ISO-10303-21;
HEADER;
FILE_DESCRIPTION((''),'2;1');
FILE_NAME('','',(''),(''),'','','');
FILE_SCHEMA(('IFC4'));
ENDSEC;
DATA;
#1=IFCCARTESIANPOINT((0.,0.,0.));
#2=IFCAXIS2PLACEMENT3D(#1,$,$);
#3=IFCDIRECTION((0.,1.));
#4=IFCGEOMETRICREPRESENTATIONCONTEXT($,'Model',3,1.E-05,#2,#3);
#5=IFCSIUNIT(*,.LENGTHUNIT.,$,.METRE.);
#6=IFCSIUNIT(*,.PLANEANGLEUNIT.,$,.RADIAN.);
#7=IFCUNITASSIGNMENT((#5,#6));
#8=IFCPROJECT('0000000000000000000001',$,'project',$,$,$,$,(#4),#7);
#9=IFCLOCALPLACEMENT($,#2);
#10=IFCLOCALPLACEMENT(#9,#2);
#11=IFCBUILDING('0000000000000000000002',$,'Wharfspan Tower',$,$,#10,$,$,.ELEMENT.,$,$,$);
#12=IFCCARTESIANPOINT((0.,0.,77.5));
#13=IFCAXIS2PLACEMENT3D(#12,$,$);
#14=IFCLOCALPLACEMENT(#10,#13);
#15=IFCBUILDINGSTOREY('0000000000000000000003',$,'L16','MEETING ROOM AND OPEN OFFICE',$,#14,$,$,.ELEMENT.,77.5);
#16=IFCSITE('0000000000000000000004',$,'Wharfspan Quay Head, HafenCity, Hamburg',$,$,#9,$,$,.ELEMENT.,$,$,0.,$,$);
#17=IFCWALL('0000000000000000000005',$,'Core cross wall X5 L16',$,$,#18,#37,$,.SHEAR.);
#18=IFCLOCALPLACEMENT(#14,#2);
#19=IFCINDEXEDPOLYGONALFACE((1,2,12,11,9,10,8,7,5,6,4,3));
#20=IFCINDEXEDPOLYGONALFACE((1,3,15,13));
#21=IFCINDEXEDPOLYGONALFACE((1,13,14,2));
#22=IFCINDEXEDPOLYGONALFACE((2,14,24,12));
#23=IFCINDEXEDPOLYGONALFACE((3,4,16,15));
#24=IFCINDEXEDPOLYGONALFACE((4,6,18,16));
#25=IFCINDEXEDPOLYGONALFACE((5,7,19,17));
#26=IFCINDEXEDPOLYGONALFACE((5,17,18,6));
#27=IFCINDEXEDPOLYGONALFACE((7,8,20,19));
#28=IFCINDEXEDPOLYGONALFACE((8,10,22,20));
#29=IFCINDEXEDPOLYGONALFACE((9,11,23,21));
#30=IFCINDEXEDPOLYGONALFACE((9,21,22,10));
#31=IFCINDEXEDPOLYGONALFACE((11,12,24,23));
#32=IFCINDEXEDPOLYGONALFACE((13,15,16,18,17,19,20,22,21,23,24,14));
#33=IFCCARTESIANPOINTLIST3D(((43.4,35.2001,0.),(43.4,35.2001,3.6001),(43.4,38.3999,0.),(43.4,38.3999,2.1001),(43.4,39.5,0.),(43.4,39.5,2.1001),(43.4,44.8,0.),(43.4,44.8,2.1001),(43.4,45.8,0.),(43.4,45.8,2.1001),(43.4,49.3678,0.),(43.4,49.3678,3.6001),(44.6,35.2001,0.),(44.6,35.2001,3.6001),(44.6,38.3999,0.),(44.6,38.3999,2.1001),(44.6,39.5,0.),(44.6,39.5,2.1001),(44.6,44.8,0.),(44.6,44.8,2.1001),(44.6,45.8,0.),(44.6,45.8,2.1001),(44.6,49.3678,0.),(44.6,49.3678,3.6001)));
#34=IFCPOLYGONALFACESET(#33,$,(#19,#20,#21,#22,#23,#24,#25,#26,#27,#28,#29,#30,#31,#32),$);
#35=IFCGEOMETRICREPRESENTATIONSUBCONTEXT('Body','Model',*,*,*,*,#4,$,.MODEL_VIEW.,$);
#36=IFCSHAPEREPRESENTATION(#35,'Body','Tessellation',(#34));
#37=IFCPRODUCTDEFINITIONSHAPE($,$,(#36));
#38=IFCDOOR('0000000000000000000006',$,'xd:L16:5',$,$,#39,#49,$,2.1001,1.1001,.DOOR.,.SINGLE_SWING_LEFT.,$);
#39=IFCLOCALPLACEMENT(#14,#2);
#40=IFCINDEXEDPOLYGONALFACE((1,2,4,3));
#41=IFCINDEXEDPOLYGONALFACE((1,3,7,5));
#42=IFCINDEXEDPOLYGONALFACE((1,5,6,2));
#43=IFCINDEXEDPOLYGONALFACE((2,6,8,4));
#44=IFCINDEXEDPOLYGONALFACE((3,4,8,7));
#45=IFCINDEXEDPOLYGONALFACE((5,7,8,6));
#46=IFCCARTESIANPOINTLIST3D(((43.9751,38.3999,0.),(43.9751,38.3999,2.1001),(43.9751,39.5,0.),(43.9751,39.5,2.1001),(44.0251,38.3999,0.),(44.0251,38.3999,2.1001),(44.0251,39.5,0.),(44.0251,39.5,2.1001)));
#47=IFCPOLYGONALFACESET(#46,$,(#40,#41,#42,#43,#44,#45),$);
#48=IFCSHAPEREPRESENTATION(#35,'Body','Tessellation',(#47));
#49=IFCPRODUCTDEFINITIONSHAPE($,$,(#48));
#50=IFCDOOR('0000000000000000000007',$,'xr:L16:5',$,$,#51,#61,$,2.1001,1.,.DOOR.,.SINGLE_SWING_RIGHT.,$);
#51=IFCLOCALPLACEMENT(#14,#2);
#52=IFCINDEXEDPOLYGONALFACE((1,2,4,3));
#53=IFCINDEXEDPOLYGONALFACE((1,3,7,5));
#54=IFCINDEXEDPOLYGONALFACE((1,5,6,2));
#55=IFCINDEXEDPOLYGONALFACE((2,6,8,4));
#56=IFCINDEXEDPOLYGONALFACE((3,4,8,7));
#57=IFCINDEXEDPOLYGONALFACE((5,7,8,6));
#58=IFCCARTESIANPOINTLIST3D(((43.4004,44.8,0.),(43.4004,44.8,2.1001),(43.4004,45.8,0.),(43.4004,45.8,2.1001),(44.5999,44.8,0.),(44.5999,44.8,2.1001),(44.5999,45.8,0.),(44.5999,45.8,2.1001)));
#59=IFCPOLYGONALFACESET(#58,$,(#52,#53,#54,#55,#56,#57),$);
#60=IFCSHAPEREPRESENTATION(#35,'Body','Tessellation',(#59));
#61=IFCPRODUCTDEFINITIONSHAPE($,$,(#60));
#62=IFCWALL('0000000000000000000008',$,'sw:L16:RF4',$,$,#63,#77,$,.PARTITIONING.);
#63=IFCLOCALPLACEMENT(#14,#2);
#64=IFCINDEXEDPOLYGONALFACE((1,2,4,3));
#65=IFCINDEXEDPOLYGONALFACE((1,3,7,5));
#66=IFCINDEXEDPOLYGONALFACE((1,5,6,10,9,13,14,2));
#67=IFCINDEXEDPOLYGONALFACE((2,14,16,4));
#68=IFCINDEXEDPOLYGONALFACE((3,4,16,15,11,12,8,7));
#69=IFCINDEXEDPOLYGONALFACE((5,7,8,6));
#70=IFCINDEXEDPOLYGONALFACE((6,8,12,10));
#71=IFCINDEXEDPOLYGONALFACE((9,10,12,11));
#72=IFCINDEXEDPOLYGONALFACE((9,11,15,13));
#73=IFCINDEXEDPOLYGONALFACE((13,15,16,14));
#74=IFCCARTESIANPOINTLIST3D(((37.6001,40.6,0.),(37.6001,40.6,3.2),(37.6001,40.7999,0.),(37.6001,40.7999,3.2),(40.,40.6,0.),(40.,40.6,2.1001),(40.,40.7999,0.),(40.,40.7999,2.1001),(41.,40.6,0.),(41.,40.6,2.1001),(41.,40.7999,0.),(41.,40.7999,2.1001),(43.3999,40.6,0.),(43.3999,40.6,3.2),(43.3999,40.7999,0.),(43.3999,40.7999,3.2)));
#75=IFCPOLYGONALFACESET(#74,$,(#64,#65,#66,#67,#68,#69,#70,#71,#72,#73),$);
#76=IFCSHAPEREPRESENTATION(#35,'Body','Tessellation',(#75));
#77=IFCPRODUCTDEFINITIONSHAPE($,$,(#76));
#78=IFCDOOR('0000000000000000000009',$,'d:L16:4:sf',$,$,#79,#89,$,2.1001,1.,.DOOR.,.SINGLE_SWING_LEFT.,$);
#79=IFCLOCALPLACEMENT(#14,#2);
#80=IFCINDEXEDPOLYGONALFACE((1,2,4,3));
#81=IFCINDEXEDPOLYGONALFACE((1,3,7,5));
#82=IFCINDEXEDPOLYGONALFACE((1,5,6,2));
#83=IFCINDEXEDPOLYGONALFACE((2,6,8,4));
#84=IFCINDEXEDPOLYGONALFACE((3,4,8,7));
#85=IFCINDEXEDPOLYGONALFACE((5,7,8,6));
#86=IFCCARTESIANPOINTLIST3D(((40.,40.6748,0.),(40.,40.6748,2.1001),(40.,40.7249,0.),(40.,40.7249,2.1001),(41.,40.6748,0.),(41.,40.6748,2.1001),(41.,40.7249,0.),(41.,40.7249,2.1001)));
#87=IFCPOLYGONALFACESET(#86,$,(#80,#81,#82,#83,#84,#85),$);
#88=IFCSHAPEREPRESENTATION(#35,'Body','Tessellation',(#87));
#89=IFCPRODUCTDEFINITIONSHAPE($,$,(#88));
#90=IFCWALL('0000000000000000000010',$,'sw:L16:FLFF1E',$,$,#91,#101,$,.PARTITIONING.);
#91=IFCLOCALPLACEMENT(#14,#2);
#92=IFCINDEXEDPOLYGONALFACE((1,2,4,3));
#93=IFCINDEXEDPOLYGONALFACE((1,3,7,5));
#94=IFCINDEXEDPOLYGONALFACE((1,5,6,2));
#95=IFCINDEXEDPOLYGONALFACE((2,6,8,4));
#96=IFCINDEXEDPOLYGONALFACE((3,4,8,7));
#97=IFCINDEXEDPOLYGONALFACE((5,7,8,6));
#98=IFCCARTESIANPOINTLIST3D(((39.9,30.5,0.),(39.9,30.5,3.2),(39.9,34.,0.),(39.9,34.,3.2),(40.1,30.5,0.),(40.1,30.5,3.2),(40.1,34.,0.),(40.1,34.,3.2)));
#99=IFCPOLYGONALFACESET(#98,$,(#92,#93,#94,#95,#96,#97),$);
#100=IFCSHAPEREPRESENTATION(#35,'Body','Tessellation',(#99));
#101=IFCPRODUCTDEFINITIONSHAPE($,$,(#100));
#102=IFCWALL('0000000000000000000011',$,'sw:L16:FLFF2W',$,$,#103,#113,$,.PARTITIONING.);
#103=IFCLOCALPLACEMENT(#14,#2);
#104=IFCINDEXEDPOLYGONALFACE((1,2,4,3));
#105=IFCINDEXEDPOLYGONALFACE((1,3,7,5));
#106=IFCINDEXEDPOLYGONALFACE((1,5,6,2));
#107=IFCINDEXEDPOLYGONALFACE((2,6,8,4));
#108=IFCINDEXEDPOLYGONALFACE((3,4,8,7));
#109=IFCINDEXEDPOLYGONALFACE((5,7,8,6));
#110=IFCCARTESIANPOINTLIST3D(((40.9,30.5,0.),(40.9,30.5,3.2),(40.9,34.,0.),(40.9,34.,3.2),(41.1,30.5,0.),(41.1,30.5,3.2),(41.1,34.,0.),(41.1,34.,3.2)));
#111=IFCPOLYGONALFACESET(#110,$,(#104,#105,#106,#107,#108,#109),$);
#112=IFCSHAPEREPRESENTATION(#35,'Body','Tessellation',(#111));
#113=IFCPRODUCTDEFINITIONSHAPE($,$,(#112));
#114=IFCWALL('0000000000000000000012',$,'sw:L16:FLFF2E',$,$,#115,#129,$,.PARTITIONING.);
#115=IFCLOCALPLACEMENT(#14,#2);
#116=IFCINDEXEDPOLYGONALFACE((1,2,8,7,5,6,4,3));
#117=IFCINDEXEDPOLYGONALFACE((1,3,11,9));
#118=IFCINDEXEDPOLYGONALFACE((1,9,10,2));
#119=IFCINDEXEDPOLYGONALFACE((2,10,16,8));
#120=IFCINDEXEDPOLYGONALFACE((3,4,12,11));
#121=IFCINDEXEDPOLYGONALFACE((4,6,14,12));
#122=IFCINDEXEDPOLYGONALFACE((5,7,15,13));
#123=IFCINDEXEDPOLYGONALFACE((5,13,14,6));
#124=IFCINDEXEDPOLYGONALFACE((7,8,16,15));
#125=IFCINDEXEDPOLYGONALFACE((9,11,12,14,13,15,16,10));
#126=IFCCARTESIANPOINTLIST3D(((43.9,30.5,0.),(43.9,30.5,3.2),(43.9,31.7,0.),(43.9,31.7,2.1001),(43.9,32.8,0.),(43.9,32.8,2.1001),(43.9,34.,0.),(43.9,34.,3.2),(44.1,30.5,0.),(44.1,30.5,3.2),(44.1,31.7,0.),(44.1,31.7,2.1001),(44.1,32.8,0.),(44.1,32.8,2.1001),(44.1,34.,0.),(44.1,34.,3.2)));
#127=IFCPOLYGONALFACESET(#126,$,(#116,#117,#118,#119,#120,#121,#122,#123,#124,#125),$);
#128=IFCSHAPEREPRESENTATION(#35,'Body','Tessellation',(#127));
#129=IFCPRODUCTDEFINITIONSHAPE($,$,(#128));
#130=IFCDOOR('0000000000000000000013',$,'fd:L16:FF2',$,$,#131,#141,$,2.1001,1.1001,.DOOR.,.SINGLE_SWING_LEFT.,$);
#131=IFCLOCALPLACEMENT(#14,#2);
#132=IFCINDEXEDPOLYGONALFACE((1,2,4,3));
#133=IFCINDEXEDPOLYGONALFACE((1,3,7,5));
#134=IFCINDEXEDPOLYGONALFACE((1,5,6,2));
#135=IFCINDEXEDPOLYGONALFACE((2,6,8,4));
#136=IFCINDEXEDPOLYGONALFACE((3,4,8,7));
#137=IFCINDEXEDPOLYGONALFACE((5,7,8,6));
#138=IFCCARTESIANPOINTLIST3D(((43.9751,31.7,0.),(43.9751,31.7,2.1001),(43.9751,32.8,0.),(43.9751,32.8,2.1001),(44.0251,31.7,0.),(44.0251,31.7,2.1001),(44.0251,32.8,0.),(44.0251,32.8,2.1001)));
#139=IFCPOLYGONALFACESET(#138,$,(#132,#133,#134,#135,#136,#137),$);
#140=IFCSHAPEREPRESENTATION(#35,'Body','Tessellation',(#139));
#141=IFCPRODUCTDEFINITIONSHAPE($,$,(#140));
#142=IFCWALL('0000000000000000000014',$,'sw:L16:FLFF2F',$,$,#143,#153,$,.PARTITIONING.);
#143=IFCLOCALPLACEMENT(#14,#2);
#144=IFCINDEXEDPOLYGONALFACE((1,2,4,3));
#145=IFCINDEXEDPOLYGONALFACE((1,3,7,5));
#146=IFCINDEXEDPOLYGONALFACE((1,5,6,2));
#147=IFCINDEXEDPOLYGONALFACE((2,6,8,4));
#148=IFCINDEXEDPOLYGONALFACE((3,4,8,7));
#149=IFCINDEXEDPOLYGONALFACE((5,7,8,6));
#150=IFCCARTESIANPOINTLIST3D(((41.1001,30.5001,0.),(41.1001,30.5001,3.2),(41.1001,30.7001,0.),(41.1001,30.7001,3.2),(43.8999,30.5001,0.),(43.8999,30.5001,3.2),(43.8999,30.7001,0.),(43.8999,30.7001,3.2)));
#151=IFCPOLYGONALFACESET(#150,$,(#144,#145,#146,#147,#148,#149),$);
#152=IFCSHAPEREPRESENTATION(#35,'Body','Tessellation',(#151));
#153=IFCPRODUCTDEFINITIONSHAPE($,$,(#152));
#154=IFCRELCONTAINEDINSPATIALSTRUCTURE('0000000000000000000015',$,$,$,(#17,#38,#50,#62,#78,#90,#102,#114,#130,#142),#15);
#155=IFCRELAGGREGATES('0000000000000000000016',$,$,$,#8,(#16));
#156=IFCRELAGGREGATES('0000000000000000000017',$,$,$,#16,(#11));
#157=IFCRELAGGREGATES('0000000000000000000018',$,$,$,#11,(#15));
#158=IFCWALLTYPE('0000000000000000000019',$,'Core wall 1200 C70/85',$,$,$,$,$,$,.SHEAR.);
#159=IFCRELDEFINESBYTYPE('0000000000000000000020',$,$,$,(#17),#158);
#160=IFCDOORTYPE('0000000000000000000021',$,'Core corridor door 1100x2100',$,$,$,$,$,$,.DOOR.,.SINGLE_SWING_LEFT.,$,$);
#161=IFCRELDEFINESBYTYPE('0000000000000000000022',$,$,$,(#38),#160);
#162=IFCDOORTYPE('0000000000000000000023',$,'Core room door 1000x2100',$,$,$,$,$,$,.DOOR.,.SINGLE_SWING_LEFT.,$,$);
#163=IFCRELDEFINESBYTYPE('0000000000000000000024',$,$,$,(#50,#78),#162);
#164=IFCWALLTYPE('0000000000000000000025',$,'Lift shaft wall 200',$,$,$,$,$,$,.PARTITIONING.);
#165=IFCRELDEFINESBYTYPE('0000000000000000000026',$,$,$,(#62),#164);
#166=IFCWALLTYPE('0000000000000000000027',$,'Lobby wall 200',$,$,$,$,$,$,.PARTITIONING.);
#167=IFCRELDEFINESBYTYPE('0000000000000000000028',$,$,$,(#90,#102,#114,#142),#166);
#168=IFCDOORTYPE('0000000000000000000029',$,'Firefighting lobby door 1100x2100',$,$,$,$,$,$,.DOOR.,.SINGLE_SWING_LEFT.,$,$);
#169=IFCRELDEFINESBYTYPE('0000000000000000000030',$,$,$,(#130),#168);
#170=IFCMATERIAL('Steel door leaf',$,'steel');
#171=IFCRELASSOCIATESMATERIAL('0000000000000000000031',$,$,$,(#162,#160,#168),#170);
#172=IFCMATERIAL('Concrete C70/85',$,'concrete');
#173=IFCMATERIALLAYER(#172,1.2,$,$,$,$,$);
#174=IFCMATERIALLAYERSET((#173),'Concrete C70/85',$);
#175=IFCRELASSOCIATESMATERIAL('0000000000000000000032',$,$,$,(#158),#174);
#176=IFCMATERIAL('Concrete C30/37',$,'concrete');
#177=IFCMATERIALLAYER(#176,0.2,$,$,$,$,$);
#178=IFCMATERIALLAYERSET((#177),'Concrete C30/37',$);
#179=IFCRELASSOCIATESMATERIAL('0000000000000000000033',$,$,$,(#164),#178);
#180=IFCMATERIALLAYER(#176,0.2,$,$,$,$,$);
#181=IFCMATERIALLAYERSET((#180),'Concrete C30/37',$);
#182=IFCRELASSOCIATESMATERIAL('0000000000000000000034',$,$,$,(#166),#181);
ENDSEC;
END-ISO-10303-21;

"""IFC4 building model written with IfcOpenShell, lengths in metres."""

from ifc_helpers import new_model, si_unit, direction, frame, frame_2d, origin, place, context, subcontext, project, spatial, rectangle, extrude, material, layer, layer_set, type_object, element, fill, save


model = new_model("IFC4")

# Units and contexts
model_context = context("Model", 3, precision=1e-05, world=origin(), true_north=direction((0.0, 1.0)))
body_context = subcontext(model_context, "Body", "Model", "MODEL_VIEW")
ifc_project = project(units=[si_unit("LENGTHUNIT", "METRE"), si_unit("PLANEANGLEUNIT", "RADIAN")], contexts=[model_context])

# Site, building, storey
site_placement = place(None, origin())
site = spatial("IfcSite", under=ifc_project, at=site_placement, Name="Wharfspan Quay Head, HafenCity, Hamburg", CompositionType="ELEMENT", RefElevation=0.0)
building_placement = place(site_placement, origin())
building = spatial("IfcBuilding", under=site, at=building_placement, Name="Wharfspan Tower", CompositionType="ELEMENT")
storey_placement = place(building_placement, frame((0.0, 0.0, 77.5)))
storey = spatial("IfcBuildingStorey", under=building, at=storey_placement, Name="L16", Description="MEETING ROOM AND OPEN OFFICE", CompositionType="ELEMENT", Elevation=77.5)

# Shared definitions
ifc_material_1 = material(Name="Steel door leaf", Category="steel")
door_type_1 = type_object("IfcDoorType", Name="Core room door 1000x2100", OperationType="SINGLE_SWING_LEFT", PredefinedType="DOOR", material=ifc_material_1)

# Wall, openings, doors
ifc_material_2 = material(Name="Concrete C70/85", Category="concrete")
ifc_layer_1 = layer(ifc_material_2, 1.2)
ifc_layer_set_1 = layer_set([ifc_layer_1], Name="Concrete C70/85")
wall_type_1 = type_object("IfcWallType", Name="Core wall 1200 C70/85", PredefinedType="SHEAR", material=ifc_layer_set_1)
wall_1_placement = place(storey_placement, frame((44.0, 35.2, 0.0), z_axis=(0.0, 0.0, 1.0), x_axis=(0.0, 1.0, 0.0)))
wall_1 = element("IfcWall", 1, at=wall_1_placement, inside=storey, type_object=wall_type_1, Name="Core cross wall X5 L16", PredefinedType="SHEAR", context=body_context, shape_type="SweptSolid", body=[
    extrude(rectangle(XDim=14.1677, YDim=1.2, at=frame_2d((7.084, 0.0))), origin(), (0.0, 0.0, 1.0), 3.6001),
])
opening_1_placement = place(wall_1_placement, frame((3.2, 0.0, 0.0)))
opening_1 = element("IfcOpeningElement", 2, at=opening_1_placement, cuts=wall_1, PredefinedType="OPENING", context=body_context, shape_type="SweptSolid", body=[
    extrude(rectangle(XDim=1.1001, YDim=2.1001, at=frame_2d((0.55, 1.05))), frame((0.0, 0.6099, 0.0), z_axis=(0.0, -1.0, 0.0), x_axis=(1.0, 0.0, 0.0)), (0.0, 0.0, 1.0), 1.22),
])
opening_2_placement = place(wall_1_placement, frame((9.6001, 0.0, 0.0)))
opening_2 = element("IfcOpeningElement", 3, at=opening_2_placement, cuts=wall_1, PredefinedType="OPENING", context=body_context, shape_type="SweptSolid", body=[
    extrude(rectangle(XDim=1.0, YDim=2.1001, at=frame_2d((0.5, 1.05))), frame((0.0, 0.6099, 0.0), z_axis=(0.0, -1.0, 0.0), x_axis=(1.0, 0.0, 0.0)), (0.0, 0.0, 1.0), 1.22),
])
door_type_2 = type_object("IfcDoorType", Name="Core corridor door 1100x2100", OperationType="SINGLE_SWING_LEFT", PredefinedType="DOOR", material=ifc_material_1)
door_1_placement = place(opening_1_placement, origin())
door_1 = element("IfcDoor", 4, at=door_1_placement, inside=storey, type_object=door_type_2, Name="xd:L16:5", OperationType="SINGLE_SWING_LEFT", OverallHeight=2.1001, OverallWidth=1.1001, PredefinedType="DOOR", context=body_context, shape_type="SweptSolid", body=[
    extrude(rectangle(XDim=1.1001, YDim=2.1001, at=frame_2d((0.55, 1.05))), frame((0.0, 0.0249, 0.0), z_axis=(0.0, -1.0, 0.0), x_axis=(1.0, 0.0, 0.0)), (0.0, 0.0, 1.0), 0.05),
])
fill(opening_1, door_1)
door_2_placement = place(opening_2_placement, origin())
door_2 = element("IfcDoor", 5, at=door_2_placement, inside=storey, type_object=door_type_1, Name="xr:L16:5", OperationType="SINGLE_SWING_RIGHT", OverallHeight=2.1001, OverallWidth=1.0, PredefinedType="DOOR", context=body_context, shape_type="SweptSolid", body=[
    extrude(rectangle(XDim=1.0, YDim=2.1001, at=frame_2d((0.5, 1.05))), frame((0.0, 0.5996, 0.0), z_axis=(0.0, -1.0, 0.0), x_axis=(1.0, 0.0, 0.0)), (0.0, 0.0, 1.0), 1.1995),
])
fill(opening_2, door_2)

# Wall, opening, door
ifc_material_3 = material(Name="Concrete C30/37", Category="concrete")
ifc_layer_2 = layer(ifc_material_3, 0.2)
ifc_layer_set_2 = layer_set([ifc_layer_2], Name="Concrete C30/37")
wall_type_2 = type_object("IfcWallType", Name="Lift shaft wall 200", PredefinedType="PARTITIONING", material=ifc_layer_set_2)
wall_2_placement = place(storey_placement, frame((37.6001, 40.7, 0.0), z_axis=(0.0, 0.0, 1.0), x_axis=(1.0, 0.0, 0.0)))
wall_2 = element("IfcWall", 6, at=wall_2_placement, inside=storey, type_object=wall_type_2, Name="sw:L16:RF4", PredefinedType="PARTITIONING", context=body_context, shape_type="SweptSolid", body=[
    extrude(rectangle(XDim=5.7998, YDim=0.2, at=frame_2d((2.8999, 0.0))), origin(), (0.0, 0.0, 1.0), 3.2),
])
opening_3_placement = place(wall_2_placement, frame((2.3999, 0.0, 0.0)))
opening_3 = element("IfcOpeningElement", 7, at=opening_3_placement, cuts=wall_2, PredefinedType="OPENING", context=body_context, shape_type="SweptSolid", body=[
    extrude(rectangle(XDim=1.0, YDim=2.1001, at=frame_2d((0.5, 1.05))), frame((0.0, 0.1099, 0.0), z_axis=(0.0, -1.0, 0.0), x_axis=(1.0, 0.0, 0.0)), (0.0, 0.0, 1.0), 0.22),
])
door_3_placement = place(opening_3_placement, origin())
door_3 = element("IfcDoor", 8, at=door_3_placement, inside=storey, type_object=door_type_1, Name="d:L16:4:sf", OperationType="SINGLE_SWING_LEFT", OverallHeight=2.1001, OverallWidth=1.0, PredefinedType="DOOR", context=body_context, shape_type="SweptSolid", body=[
    extrude(rectangle(XDim=1.0, YDim=2.1001, at=frame_2d((0.5, 1.05))), frame((0.0, 0.0249, 0.0), z_axis=(0.0, -1.0, 0.0), x_axis=(1.0, 0.0, 0.0)), (0.0, 0.0, 1.0), 0.05),
])
fill(opening_3, door_3)

# Walls
ifc_layer_3 = layer(ifc_material_3, 0.2)
ifc_layer_set_3 = layer_set([ifc_layer_3], Name="Concrete C30/37")
wall_type_3 = type_object("IfcWallType", Name="Lobby wall 200", PredefinedType="PARTITIONING", material=ifc_layer_set_3)
for number, where, z_axis, x_axis, name in (
    (9, (40.0, 30.5, 0.0), (0.0, 0.0, 1.0), (0.0, 1.0, 0.0), "sw:L16:FLFF1E"),
    (10, (41.0, 30.5, 0.0), (0.0, 0.0, 1.0), (0.0, 1.0, 0.0), "sw:L16:FLFF2W"),
):
    element("IfcWall", number, at=place(storey_placement, frame(where, z_axis=z_axis, x_axis=x_axis)), inside=storey, type_object=wall_type_3, Name=name, PredefinedType="PARTITIONING", context=body_context, shape_type="SweptSolid", body=[
        extrude(rectangle(XDim=3.5, YDim=0.2, at=frame_2d((1.75, 0.0))), origin(), (0.0, 0.0, 1.0), 3.2),
    ])

# Wall, opening, door
wall_3_placement = place(storey_placement, frame((44.0, 30.5, 0.0), z_axis=(0.0, 0.0, 1.0), x_axis=(0.0, 1.0, 0.0)))
wall_3 = element("IfcWall", 11, at=wall_3_placement, inside=storey, type_object=wall_type_3, Name="sw:L16:FLFF2E", PredefinedType="PARTITIONING", context=body_context, shape_type="SweptSolid", body=[
    extrude(rectangle(XDim=3.5, YDim=0.2, at=frame_2d((1.75, 0.0))), origin(), (0.0, 0.0, 1.0), 3.2),
])
opening_4_placement = place(wall_3_placement, frame((1.2, 0.0, 0.0)))
opening_4 = element("IfcOpeningElement", 12, at=opening_4_placement, cuts=wall_3, PredefinedType="OPENING", context=body_context, shape_type="SweptSolid", body=[
    extrude(rectangle(XDim=1.1001, YDim=2.1001, at=frame_2d((0.55, 1.05))), frame((0.0, 0.1099, 0.0), z_axis=(0.0, -1.0, 0.0), x_axis=(1.0, 0.0, 0.0)), (0.0, 0.0, 1.0), 0.22),
])
door_type_3 = type_object("IfcDoorType", Name="Firefighting lobby door 1100x2100", OperationType="SINGLE_SWING_LEFT", PredefinedType="DOOR", material=ifc_material_1)
door_4_placement = place(opening_4_placement, origin())
door_4 = element("IfcDoor", 13, at=door_4_placement, inside=storey, type_object=door_type_3, Name="fd:L16:FF2", OperationType="SINGLE_SWING_LEFT", OverallHeight=2.1001, OverallWidth=1.1001, PredefinedType="DOOR", context=body_context, shape_type="SweptSolid", body=[
    extrude(rectangle(XDim=1.1001, YDim=2.1001, at=frame_2d((0.55, 1.05))), frame((0.0, 0.0249, 0.0), z_axis=(0.0, -1.0, 0.0), x_axis=(1.0, 0.0, 0.0)), (0.0, 0.0, 1.0), 0.05),
])
fill(opening_4, door_4)

# Wall
wall_4_placement = place(storey_placement, frame((41.1001, 30.6001, 0.0), z_axis=(0.0, 0.0, 1.0), x_axis=(1.0, 0.0, 0.0)))
element("IfcWall", 14, at=wall_4_placement, inside=storey, type_object=wall_type_3, Name="sw:L16:FLFF2F", PredefinedType="PARTITIONING", context=body_context, shape_type="SweptSolid", body=[
    extrude(rectangle(XDim=2.7998, YDim=0.2, at=frame_2d((1.3999, 0.0))), origin(), (0.0, 0.0, 1.0), 3.2),
])

save(model, "model.ifc")
